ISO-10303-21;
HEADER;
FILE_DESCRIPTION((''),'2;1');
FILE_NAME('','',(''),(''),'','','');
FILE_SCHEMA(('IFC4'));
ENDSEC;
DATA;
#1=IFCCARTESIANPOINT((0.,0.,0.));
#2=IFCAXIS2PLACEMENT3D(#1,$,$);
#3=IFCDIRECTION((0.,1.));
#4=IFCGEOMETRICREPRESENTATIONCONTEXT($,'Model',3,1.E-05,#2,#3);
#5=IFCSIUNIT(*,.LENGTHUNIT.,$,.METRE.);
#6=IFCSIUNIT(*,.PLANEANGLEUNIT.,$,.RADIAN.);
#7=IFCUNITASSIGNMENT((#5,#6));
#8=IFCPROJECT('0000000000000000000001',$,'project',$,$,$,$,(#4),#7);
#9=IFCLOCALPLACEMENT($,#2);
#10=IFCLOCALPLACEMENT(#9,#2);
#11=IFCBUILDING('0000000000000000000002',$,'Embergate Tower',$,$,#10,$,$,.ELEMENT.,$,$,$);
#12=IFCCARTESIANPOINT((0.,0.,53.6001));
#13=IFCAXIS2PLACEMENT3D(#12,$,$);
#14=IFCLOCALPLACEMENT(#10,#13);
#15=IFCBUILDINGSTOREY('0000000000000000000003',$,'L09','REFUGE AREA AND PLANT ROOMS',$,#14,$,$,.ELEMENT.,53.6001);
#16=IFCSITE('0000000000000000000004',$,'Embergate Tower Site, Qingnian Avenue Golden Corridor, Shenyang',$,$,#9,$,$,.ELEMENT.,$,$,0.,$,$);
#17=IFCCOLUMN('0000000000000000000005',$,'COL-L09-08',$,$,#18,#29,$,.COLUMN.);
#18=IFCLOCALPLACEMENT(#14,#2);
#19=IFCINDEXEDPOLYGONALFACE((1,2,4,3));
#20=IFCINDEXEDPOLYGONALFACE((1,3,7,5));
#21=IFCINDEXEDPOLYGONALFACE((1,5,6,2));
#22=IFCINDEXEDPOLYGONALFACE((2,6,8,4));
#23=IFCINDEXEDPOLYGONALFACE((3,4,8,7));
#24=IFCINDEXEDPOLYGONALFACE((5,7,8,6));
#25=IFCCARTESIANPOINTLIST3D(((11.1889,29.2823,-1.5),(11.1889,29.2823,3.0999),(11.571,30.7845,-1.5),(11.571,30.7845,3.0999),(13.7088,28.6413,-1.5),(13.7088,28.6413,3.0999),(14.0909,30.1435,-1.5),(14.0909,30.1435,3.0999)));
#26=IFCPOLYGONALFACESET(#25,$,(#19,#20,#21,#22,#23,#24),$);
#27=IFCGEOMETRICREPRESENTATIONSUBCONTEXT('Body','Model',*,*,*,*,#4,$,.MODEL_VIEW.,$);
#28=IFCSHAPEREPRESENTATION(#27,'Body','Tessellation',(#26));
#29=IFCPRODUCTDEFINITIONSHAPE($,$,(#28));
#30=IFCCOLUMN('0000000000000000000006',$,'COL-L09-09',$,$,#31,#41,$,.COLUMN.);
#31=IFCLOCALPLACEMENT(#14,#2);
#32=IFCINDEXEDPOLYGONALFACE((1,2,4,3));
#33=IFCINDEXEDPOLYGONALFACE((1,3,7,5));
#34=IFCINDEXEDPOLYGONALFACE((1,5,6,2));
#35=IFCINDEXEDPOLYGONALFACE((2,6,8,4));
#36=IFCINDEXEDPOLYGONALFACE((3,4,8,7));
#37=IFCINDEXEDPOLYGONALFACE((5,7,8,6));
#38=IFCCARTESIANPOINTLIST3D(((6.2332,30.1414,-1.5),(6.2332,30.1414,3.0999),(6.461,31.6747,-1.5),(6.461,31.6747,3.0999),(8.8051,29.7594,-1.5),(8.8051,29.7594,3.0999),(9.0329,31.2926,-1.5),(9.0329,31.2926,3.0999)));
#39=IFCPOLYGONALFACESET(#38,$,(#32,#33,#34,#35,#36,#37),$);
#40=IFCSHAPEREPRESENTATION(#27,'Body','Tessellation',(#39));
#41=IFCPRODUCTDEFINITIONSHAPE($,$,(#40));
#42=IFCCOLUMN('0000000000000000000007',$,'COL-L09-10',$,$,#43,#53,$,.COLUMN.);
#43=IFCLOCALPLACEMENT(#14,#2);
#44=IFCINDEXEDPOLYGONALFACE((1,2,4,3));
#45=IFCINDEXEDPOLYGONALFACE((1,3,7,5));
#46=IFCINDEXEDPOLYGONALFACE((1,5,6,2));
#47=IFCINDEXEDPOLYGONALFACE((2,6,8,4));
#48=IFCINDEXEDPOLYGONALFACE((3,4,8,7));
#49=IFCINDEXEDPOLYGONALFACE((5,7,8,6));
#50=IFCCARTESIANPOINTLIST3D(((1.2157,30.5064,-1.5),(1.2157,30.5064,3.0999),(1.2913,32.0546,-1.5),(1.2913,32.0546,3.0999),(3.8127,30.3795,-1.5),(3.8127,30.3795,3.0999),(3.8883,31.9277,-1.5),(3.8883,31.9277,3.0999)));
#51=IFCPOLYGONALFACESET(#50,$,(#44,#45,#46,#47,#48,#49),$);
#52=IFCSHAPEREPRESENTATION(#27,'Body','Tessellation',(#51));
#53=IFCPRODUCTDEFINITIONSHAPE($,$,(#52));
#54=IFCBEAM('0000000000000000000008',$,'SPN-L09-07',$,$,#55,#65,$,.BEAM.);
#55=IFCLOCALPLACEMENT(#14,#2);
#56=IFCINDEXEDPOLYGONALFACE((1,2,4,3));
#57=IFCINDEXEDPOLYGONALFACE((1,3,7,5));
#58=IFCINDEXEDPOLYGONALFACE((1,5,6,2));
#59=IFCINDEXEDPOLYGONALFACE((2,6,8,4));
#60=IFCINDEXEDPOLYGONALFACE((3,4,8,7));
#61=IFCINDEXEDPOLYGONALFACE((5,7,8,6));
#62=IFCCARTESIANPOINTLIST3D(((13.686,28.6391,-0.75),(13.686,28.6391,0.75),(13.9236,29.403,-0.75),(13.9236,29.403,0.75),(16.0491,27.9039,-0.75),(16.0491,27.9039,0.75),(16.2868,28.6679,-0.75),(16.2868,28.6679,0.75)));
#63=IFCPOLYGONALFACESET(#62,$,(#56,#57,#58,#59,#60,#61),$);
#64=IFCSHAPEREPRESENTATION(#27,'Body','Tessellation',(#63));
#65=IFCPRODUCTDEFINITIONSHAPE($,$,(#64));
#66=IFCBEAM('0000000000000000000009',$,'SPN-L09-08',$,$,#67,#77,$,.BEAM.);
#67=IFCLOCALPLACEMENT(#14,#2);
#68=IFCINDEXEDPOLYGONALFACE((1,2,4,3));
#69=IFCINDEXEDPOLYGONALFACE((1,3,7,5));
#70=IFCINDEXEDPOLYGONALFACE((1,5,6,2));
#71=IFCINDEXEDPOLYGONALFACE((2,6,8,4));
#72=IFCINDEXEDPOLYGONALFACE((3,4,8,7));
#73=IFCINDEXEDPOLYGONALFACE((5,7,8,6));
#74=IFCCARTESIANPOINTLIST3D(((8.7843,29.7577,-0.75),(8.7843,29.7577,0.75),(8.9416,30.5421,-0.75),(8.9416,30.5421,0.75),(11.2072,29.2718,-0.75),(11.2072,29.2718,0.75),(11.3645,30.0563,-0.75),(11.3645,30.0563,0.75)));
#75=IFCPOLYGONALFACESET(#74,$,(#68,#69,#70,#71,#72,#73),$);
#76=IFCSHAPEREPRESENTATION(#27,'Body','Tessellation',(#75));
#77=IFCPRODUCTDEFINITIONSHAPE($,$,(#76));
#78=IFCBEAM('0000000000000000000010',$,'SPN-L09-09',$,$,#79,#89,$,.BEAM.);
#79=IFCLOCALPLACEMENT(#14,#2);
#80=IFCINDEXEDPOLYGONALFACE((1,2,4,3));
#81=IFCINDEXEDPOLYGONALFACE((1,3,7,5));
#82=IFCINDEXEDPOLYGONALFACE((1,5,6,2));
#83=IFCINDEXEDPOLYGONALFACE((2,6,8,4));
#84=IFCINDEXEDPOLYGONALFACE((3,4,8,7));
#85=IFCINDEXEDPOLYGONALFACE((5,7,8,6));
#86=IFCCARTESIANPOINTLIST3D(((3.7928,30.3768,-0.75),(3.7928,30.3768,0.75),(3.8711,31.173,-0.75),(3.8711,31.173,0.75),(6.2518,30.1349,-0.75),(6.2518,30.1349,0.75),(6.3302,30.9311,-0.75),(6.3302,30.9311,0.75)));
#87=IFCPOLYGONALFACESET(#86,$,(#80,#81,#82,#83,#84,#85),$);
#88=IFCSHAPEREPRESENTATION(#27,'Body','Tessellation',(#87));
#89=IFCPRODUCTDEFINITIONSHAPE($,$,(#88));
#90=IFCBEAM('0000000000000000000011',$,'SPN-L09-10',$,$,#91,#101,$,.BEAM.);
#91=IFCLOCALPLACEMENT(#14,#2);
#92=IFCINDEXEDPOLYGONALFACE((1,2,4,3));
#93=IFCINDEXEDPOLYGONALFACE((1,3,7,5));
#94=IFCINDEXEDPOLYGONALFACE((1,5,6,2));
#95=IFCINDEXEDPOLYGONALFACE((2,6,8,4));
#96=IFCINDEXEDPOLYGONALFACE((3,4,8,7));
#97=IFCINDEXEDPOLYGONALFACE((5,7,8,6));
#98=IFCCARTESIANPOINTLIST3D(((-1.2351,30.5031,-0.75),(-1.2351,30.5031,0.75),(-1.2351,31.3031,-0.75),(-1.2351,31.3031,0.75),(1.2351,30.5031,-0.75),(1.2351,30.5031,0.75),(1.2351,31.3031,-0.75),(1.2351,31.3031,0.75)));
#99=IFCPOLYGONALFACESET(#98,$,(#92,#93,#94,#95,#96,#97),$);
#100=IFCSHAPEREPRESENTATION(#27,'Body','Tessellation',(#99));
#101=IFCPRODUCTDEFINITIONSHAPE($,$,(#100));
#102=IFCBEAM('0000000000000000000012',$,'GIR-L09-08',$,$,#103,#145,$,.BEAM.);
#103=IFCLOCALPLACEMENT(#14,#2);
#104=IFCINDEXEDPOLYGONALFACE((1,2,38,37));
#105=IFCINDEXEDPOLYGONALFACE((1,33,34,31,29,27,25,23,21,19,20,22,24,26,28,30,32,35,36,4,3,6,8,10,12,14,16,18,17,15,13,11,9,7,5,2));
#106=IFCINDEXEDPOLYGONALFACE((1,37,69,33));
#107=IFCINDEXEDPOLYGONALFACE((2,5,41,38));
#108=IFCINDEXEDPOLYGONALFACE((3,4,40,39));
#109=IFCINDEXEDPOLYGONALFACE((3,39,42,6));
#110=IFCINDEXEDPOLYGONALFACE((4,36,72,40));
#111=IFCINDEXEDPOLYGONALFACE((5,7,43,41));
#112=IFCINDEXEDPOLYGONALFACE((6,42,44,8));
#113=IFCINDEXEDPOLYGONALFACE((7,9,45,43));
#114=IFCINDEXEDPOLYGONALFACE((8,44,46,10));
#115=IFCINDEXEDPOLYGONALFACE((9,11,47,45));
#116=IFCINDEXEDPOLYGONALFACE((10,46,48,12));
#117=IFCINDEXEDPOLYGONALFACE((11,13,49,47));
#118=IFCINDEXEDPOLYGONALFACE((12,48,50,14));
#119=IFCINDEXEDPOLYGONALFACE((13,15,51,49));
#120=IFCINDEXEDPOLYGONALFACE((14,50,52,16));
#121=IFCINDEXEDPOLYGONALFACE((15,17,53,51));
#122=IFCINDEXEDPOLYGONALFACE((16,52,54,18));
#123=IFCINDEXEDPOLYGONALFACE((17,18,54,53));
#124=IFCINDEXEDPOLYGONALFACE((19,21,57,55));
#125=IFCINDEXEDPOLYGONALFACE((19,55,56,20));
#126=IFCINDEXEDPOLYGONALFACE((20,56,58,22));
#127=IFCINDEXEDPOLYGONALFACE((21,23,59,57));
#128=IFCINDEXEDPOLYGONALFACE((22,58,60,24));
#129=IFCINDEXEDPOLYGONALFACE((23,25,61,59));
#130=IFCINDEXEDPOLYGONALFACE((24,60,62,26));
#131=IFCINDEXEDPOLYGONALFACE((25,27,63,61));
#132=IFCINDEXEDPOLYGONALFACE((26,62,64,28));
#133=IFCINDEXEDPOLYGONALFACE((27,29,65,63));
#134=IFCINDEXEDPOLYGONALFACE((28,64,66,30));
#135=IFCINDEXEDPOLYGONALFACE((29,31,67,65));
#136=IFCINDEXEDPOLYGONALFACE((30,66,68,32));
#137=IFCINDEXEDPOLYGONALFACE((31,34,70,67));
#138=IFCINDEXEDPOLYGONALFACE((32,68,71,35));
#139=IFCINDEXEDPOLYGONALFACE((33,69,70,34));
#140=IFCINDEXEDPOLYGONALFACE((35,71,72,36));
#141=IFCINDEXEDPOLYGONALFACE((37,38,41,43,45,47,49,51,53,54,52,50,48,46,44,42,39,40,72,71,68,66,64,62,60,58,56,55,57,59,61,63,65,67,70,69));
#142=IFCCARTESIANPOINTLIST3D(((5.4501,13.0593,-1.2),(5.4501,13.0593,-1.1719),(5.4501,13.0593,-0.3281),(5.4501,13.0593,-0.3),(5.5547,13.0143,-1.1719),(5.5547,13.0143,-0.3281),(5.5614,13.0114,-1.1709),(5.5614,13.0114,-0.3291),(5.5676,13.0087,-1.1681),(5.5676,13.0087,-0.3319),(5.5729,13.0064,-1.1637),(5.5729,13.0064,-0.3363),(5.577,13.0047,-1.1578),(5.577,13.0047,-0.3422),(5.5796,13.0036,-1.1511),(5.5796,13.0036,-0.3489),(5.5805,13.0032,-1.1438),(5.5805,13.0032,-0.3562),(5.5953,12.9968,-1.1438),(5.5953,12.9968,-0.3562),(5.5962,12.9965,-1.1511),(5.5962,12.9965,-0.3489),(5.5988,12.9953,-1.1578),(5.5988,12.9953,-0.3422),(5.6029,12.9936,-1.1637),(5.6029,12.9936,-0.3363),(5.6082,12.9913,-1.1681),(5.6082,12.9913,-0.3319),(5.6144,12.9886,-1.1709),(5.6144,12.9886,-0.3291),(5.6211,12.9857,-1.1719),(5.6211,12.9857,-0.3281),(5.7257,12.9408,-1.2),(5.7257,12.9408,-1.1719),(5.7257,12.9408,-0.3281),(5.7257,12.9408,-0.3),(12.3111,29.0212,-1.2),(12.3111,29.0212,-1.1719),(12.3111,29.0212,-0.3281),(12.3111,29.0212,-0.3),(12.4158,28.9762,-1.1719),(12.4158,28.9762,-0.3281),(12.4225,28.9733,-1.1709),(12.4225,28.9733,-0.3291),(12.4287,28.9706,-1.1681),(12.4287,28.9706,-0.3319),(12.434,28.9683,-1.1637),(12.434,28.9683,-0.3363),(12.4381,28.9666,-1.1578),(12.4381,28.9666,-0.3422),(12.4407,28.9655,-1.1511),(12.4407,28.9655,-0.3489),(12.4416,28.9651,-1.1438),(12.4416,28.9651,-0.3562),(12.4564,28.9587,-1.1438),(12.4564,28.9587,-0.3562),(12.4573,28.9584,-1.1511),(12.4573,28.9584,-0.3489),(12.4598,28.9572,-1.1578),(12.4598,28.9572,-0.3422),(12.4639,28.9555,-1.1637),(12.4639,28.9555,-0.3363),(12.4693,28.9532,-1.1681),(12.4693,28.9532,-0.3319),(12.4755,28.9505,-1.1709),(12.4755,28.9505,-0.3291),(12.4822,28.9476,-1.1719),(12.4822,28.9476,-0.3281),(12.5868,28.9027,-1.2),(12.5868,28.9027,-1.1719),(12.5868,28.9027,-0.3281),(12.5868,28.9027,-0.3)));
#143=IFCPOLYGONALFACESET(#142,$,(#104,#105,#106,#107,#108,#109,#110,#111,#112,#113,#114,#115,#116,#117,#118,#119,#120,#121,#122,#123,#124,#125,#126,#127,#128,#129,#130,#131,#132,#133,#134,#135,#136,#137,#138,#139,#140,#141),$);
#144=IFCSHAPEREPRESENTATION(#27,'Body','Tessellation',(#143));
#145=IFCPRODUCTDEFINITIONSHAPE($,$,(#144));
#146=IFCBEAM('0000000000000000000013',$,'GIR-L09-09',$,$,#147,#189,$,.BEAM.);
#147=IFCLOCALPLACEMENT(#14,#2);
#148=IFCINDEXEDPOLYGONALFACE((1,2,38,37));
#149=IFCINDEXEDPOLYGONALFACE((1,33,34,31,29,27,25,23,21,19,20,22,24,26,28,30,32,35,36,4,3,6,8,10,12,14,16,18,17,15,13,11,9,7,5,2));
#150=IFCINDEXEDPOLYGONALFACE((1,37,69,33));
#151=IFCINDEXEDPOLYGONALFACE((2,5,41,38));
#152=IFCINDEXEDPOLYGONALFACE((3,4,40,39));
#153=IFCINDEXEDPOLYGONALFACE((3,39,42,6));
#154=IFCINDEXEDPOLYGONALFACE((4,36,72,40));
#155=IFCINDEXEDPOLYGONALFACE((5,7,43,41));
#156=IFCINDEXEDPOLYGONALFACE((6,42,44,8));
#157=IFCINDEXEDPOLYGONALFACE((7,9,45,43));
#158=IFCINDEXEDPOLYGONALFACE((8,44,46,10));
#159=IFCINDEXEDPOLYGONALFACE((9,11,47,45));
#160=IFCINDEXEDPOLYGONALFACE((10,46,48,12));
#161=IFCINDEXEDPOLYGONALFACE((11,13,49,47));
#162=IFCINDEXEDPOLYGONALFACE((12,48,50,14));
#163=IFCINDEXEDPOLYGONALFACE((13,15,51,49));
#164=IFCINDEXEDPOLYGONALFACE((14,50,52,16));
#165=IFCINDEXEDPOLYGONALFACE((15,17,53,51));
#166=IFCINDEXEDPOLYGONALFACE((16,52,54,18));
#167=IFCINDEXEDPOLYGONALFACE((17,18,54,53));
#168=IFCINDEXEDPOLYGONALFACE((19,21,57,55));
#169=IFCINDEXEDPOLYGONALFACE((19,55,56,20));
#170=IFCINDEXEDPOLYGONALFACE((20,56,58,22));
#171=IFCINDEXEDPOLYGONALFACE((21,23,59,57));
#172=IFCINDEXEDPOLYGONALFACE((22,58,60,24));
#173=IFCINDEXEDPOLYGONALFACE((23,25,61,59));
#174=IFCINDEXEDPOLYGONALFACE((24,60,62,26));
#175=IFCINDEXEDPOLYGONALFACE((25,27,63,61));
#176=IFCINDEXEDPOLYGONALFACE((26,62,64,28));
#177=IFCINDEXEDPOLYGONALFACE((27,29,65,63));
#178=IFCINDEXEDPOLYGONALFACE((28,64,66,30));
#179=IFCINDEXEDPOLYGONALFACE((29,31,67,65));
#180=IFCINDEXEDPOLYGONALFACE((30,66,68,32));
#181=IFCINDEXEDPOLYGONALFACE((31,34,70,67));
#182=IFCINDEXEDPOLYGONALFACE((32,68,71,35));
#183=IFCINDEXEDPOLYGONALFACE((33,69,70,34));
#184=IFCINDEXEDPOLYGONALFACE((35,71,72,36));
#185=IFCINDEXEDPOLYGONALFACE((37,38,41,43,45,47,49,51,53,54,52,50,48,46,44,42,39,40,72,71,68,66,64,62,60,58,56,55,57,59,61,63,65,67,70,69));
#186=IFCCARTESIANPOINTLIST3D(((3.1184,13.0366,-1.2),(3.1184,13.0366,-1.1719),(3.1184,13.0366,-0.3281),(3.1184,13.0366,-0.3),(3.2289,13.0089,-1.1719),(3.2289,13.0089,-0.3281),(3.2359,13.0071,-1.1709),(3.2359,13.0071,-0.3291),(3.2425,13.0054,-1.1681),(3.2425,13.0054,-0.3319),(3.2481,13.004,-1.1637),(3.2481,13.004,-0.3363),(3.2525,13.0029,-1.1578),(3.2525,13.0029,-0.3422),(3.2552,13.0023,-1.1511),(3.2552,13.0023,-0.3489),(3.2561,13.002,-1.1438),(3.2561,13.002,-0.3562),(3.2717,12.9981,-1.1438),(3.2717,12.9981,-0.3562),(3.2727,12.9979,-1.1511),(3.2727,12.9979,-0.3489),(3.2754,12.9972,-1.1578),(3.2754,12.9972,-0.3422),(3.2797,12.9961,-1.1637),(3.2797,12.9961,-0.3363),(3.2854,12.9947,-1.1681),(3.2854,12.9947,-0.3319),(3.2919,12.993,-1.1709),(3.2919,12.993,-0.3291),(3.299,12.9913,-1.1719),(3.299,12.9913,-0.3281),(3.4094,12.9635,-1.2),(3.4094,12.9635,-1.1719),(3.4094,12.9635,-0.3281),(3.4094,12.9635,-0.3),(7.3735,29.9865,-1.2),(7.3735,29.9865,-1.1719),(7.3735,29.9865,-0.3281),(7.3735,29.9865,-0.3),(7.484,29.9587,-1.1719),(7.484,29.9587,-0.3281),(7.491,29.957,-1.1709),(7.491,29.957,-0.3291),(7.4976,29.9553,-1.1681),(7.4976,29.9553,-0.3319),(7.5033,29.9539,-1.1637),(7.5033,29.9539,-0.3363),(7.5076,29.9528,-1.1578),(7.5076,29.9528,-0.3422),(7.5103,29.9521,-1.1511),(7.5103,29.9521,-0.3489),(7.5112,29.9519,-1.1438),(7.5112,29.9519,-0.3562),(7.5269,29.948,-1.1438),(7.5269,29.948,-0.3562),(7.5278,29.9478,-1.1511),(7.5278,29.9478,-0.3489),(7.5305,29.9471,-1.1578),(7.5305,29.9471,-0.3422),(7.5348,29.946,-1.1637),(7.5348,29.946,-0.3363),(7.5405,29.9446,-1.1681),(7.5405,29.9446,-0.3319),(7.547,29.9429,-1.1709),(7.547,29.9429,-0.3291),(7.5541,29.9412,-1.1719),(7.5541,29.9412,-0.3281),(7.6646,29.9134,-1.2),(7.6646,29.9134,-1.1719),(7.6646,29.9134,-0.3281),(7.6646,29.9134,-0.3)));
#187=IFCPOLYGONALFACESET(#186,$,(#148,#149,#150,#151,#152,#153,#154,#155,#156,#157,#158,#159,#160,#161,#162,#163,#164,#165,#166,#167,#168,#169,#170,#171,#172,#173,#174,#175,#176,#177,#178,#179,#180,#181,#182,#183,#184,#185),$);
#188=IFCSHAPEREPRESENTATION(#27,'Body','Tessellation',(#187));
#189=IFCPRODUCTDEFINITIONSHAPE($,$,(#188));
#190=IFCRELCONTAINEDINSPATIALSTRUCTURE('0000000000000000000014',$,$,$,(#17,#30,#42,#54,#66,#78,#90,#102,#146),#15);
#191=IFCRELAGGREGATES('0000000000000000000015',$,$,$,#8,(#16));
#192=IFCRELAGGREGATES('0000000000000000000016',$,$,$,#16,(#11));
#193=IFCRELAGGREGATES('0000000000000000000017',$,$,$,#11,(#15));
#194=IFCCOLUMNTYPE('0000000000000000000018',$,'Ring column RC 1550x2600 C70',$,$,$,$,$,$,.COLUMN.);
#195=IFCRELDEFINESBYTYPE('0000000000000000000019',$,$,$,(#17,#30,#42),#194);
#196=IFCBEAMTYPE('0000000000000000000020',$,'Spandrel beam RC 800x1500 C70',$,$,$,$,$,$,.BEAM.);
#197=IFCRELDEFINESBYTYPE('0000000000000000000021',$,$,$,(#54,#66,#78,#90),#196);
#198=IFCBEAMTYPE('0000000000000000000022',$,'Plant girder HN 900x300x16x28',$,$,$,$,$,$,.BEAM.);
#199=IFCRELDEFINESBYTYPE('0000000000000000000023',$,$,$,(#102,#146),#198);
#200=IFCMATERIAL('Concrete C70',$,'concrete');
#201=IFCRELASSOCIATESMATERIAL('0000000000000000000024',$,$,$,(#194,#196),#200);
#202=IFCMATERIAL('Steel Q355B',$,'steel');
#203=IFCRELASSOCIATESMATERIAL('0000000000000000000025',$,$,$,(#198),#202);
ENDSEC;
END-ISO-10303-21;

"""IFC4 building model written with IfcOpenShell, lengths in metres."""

from ifc_helpers import new_model, si_unit, direction, frame, origin, origin_2d, place, context, subcontext, project, spatial, rectangle, i_section, extrude, source, transform, mapped, material, material_profile, profile_set, type_object, element, save


model = new_model("IFC4")

# Units and contexts
model_context = context("Model", 3, precision=1e-05, world=origin(), true_north=direction((0.0, 1.0)))
body_context = subcontext(model_context, "Body", "Model", "MODEL_VIEW")
ifc_project = project(units=[si_unit("LENGTHUNIT", "METRE"), si_unit("PLANEANGLEUNIT", "RADIAN")], contexts=[model_context])

# Site, building, storey
site_placement = place(None, origin())
site = spatial("IfcSite", under=ifc_project, at=site_placement, Name="Embergate Tower Site, Qingnian Avenue Golden Corridor, Shenyang", CompositionType="ELEMENT", RefElevation=0.0)
building_placement = place(site_placement, origin())
building = spatial("IfcBuilding", under=site, at=building_placement, Name="Embergate Tower", CompositionType="ELEMENT")
storey_placement = place(building_placement, frame((0.0, 0.0, 53.6001)))
storey = spatial("IfcBuildingStorey", under=building, at=storey_placement, Name="L09", Description="REFUGE AREA AND PLANT ROOMS", CompositionType="ELEMENT", Elevation=53.6001)

# Columns
ifc_material_1 = material(Name="Concrete C70", Category="concrete")
ifc_material_profile_1 = material_profile(ifc_material_1, rectangle(XDim=1.55, YDim=2.6001, at=origin_2d()), Name="RC 1550x2600")
ifc_profile_set_1 = profile_set([ifc_material_profile_1], Name="Concrete C70")
column_type = type_object("IfcColumnType", Name="Ring column RC 1550x2600 C70", PredefinedType="COLUMN", material=ifc_profile_set_1)
shared_shape_1 = source(origin(), body_context, "Body", "SweptSolid", [
    extrude(rectangle(XDim=1.55, YDim=2.6001, at=origin_2d()), origin(), (0.0, 0.0, 1.0), 4.5999),
])
for number, where, z_axis, x_axis, name in (
    (1, (12.6399, 29.7129, -1.5), (0.0, 0.0, 1.0), (0.246509, 0.969141, 0.0), "COL-L09-08"),
    (2, (7.6331, 30.717, -1.5), (0.0, 0.0, 1.0), (0.146929, 0.989147, 0.0), "COL-L09-09"),
    (3, (2.552, 31.217, -1.5), (0.0, 0.0, 1.0), (0.048815, 0.998808, 0.0), "COL-L09-10"),
):
    element("IfcColumn", number, at=place(storey_placement, frame(where, z_axis=z_axis, x_axis=x_axis)), inside=storey, type_object=column_type, Name=name, PredefinedType="COLUMN", context=body_context, shape_type="MappedRepresentation", body=[
        mapped(shared_shape_1, transform((0.0, 0.0, 0.0))),
    ])

# Beams
ifc_material_profile_2 = material_profile(ifc_material_1, rectangle(XDim=0.8, YDim=1.5, at=origin_2d()), Name="RC 800x1500")
ifc_profile_set_2 = profile_set([ifc_material_profile_2], Name="Concrete C70")
beam_type_1 = type_object("IfcBeamType", Name="Spandrel beam RC 800x1500 C70", PredefinedType="BEAM", material=ifc_profile_set_2)
shared_shape_2 = source(origin(), body_context, "Body", "SweptSolid", [
    extrude(rectangle(XDim=0.8, YDim=1.5, at=origin_2d()), origin(), (0.0, 0.0, 1.0), 2.4749),
])
beam_1_placement = place(storey_placement, frame((16.168, 28.2859, 0.0), z_axis=(-0.954864, 0.297045, 0.0), x_axis=(-0.297045, -0.954864, 0.0)))
element("IfcBeam", 4, at=beam_1_placement, inside=storey, type_object=beam_type_1, Name="SPN-L09-07", PredefinedType="BEAM", context=body_context, shape_type="MappedRepresentation", body=[
    mapped(shared_shape_2, transform((0.0, 0.0, 0.0))),
])
shared_shape_3 = source(origin(), body_context, "Body", "SweptSolid", [
    extrude(rectangle(XDim=0.8, YDim=1.5, at=origin_2d()), origin(), (0.0, 0.0, 1.0), 2.4712),
])
beam_2_placement = place(storey_placement, frame((11.2859, 29.6641, 0.0), z_axis=(-0.980482, 0.19661, 0.0), x_axis=(-0.19661, -0.980482, 0.0)))
element("IfcBeam", 5, at=beam_2_placement, inside=storey, type_object=beam_type_1, Name="SPN-L09-08", PredefinedType="BEAM", context=body_context, shape_type="MappedRepresentation", body=[
    mapped(shared_shape_3, transform((0.0, 0.0, 0.0))),
])
shared_shape_4 = source(origin(), body_context, "Body", "SweptSolid", [
    extrude(rectangle(XDim=0.8, YDim=1.5, at=origin_2d()), origin(), (0.0, 0.0, 1.0), 2.4709),
])
beam_3_placement = place(storey_placement, frame((6.291, 30.533, 0.0), z_axis=(-0.995194, 0.097919, 0.0), x_axis=(-0.097919, -0.995194, 0.0)))
element("IfcBeam", 6, at=beam_3_placement, inside=storey, type_object=beam_type_1, Name="SPN-L09-09", PredefinedType="BEAM", context=body_context, shape_type="MappedRepresentation", body=[
    mapped(shared_shape_4, transform((0.0, 0.0, 0.0))),
])
shared_shape_5 = source(origin(), body_context, "Body", "SweptSolid", [
    extrude(rectangle(XDim=0.8, YDim=1.5, at=origin_2d()), origin(), (0.0, 0.0, 1.0), 2.4702),
])
beam_4_placement = place(storey_placement, frame((1.2351, 30.9031, 0.0), z_axis=(-1.0, 0.0, 0.0), x_axis=(0.0, -1.0, 0.0)))
element("IfcBeam", 7, at=beam_4_placement, inside=storey, type_object=beam_type_1, Name="SPN-L09-10", PredefinedType="BEAM", context=body_context, shape_type="MappedRepresentation", body=[
    mapped(shared_shape_5, transform((0.0, 0.0, 0.0))),
])
ifc_material_2 = material(Name="Steel Q355B", Category="steel")
ifc_material_profile_3 = material_profile(ifc_material_2, i_section(OverallWidth=0.3, OverallDepth=0.8999, WebThickness=0.0161, FlangeThickness=0.0281, FilletRadius=0.0281, at=origin_2d()), Name="HN 900x300x16x28")
ifc_profile_set_3 = profile_set([ifc_material_profile_3], Name="Steel Q355 grade B")
beam_type_2 = type_object("IfcBeamType", Name="Plant girder HN 900x300x16x28", PredefinedType="BEAM", material=ifc_profile_set_3)
shared_shape_6 = source(origin(), body_context, "Body", "SweptSolid", [
    extrude(i_section(OverallWidth=0.3, OverallDepth=0.8999, WebThickness=0.0161, FlangeThickness=0.0281, FilletRadius=0.0281, at=origin_2d()), origin(), (0.0, 0.0, 1.0), 17.374),
])
beam_5_placement = place(storey_placement, frame((12.449, 28.9619, -0.75), z_axis=(-0.394904, -0.918722, 0.0), x_axis=(0.918722, -0.394904, 0.0)))
element("IfcBeam", 8, at=beam_5_placement, inside=storey, type_object=beam_type_2, Name="GIR-L09-08", PredefinedType="BEAM", context=body_context, shape_type="MappedRepresentation", body=[
    mapped(shared_shape_6, transform((0.0, 0.0, 0.0))),
])
shared_shape_7 = source(origin(), body_context, "Body", "SweptSolid", [
    extrude(i_section(OverallWidth=0.3, OverallDepth=0.8999, WebThickness=0.0161, FlangeThickness=0.0281, FilletRadius=0.0281, at=origin_2d()), origin(), (0.0, 0.0, 1.0), 17.4758),
])
beam_6_placement = place(storey_placement, frame((7.519, 29.95, -0.75), z_axis=(-0.243485, -0.969905, 0.0), x_axis=(0.969905, -0.243485, 0.0)))
element("IfcBeam", 9, at=beam_6_placement, inside=storey, type_object=beam_type_2, Name="GIR-L09-09", PredefinedType="BEAM", context=body_context, shape_type="MappedRepresentation", body=[
    mapped(shared_shape_7, transform((0.0, 0.0, 0.0))),
])

save(model, "model.ifc")
